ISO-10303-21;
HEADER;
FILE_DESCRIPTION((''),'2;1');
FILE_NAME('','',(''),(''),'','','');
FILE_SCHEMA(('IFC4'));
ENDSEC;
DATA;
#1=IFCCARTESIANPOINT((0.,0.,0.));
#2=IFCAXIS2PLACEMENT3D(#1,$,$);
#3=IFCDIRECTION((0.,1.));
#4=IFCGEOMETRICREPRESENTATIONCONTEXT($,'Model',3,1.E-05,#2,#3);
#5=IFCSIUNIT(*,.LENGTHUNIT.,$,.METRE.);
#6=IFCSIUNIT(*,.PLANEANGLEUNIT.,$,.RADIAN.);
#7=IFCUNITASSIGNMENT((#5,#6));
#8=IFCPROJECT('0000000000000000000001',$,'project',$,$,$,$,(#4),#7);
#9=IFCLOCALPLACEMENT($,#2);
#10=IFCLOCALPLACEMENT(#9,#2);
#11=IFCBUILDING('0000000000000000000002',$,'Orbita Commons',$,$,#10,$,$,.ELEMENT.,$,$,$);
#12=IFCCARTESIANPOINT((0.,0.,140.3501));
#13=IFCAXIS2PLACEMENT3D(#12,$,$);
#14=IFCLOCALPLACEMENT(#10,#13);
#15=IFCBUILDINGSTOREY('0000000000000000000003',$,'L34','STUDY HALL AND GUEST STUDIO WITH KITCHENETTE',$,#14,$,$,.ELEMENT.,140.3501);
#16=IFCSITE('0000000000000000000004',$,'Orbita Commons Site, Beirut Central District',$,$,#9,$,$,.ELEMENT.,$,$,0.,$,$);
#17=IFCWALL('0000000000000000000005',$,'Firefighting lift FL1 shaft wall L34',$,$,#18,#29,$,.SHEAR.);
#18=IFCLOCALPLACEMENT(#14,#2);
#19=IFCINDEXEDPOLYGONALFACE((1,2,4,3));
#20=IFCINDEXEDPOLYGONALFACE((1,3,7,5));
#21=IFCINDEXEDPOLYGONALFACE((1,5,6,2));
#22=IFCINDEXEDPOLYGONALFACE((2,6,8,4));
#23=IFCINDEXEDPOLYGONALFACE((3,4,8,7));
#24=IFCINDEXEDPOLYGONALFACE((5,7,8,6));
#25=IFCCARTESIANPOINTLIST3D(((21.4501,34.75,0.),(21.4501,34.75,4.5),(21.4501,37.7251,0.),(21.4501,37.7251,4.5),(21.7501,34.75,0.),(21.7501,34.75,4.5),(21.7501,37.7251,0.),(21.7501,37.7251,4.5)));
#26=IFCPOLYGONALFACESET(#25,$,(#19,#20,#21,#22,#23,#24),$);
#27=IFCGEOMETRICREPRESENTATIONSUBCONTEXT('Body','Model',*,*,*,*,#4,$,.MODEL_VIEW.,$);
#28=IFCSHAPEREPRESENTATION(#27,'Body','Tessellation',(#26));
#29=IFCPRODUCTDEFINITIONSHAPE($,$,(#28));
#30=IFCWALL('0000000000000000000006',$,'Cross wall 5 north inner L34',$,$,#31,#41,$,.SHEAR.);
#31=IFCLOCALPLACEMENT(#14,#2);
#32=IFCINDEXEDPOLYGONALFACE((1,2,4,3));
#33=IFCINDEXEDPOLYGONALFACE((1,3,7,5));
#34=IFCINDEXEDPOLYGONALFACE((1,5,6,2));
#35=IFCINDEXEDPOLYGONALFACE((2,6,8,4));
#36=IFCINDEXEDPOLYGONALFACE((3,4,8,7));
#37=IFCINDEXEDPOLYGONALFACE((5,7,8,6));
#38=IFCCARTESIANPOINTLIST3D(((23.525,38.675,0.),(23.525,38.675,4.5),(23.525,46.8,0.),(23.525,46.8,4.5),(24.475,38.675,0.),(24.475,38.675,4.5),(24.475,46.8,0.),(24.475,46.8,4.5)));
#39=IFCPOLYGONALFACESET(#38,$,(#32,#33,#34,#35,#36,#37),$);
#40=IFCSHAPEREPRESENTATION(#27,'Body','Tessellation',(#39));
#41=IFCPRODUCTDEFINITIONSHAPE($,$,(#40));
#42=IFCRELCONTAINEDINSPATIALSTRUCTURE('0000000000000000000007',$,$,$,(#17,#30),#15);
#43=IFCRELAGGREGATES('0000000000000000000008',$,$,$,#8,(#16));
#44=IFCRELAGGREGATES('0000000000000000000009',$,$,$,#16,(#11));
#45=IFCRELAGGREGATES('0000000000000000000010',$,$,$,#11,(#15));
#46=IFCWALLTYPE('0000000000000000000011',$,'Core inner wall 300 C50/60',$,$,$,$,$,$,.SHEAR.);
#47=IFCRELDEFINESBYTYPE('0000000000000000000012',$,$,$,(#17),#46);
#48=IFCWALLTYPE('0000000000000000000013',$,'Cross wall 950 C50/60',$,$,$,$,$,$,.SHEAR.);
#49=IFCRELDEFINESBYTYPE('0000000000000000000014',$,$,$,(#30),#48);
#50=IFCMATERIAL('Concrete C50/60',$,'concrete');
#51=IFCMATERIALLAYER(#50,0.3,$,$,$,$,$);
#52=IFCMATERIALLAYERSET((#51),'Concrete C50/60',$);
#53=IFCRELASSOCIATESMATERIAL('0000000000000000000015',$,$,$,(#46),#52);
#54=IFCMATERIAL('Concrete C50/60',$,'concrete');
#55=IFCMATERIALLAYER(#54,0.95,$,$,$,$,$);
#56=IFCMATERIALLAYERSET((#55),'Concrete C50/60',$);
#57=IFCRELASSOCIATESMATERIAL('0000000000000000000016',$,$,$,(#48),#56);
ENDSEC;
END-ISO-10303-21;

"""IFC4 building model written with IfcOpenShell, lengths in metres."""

from ifc_helpers import new_model, si_unit, direction, frame, frame_2d, origin, place, context, subcontext, project, spatial, rectangle, extrude, material, layer, layer_set, type_object, element, save


model = new_model("IFC4")

# Units and contexts
model_context = context("Model", 3, precision=1e-05, world=origin(), true_north=direction((0.0, 1.0)))
body_context = subcontext(model_context, "Body", "Model", "MODEL_VIEW")
ifc_project = project(units=[si_unit("LENGTHUNIT", "METRE"), si_unit("PLANEANGLEUNIT", "RADIAN")], contexts=[model_context])

# Site, building, storey
site_placement = place(None, origin())
site = spatial("IfcSite", under=ifc_project, at=site_placement, Name="Orbita Commons Site, Beirut Central District", CompositionType="ELEMENT", RefElevation=0.0)
building_placement = place(site_placement, origin())
building = spatial("IfcBuilding", under=site, at=building_placement, Name="Orbita Commons", CompositionType="ELEMENT")
storey_placement = place(building_placement, frame((0.0, 0.0, 140.3501)))
storey = spatial("IfcBuildingStorey", under=building, at=storey_placement, Name="L34", Description="STUDY HALL AND GUEST STUDIO WITH KITCHENETTE", CompositionType="ELEMENT", Elevation=140.3501)

# Walls
ifc_material_1 = material(Name="Concrete C50/60", Category="concrete")
ifc_layer_1 = layer(ifc_material_1, 0.3)
ifc_layer_set_1 = layer_set([ifc_layer_1], Name="Concrete C50/60")
wall_type_1 = type_object("IfcWallType", Name="Core inner wall 300 C50/60", PredefinedType="SHEAR", material=ifc_layer_set_1)
wall_1_placement = place(storey_placement, frame((21.6001, 34.75, 0.0), z_axis=(0.0, 0.0, 1.0), x_axis=(0.0, 1.0, 0.0)))
element("IfcWall", 1, at=wall_1_placement, inside=storey, type_object=wall_type_1, Name="Firefighting lift FL1 shaft wall L34", PredefinedType="SHEAR", context=body_context, shape_type="SweptSolid", body=[
    extrude(rectangle(XDim=2.9751, YDim=0.3, at=frame_2d((1.4875, 0.0))), origin(), (0.0, 0.0, 1.0), 4.5),
])
ifc_material_2 = material(Name="Concrete C50/60", Category="concrete")
ifc_layer_2 = layer(ifc_material_2, 0.95)
ifc_layer_set_2 = layer_set([ifc_layer_2], Name="Concrete C50/60")
wall_type_2 = type_object("IfcWallType", Name="Cross wall 950 C50/60", PredefinedType="SHEAR", material=ifc_layer_set_2)
wall_2_placement = place(storey_placement, frame((24.0, 38.675, 0.0), z_axis=(0.0, 0.0, 1.0), x_axis=(0.0, 1.0, 0.0)))
element("IfcWall", 2, at=wall_2_placement, inside=storey, type_object=wall_type_2, Name="Cross wall 5 north inner L34", PredefinedType="SHEAR", context=body_context, shape_type="SweptSolid", body=[
    extrude(rectangle(XDim=8.125, YDim=0.95, at=frame_2d((4.0625, 0.0))), origin(), (0.0, 0.0, 1.0), 4.5),
])

save(model, "model.ifc")
